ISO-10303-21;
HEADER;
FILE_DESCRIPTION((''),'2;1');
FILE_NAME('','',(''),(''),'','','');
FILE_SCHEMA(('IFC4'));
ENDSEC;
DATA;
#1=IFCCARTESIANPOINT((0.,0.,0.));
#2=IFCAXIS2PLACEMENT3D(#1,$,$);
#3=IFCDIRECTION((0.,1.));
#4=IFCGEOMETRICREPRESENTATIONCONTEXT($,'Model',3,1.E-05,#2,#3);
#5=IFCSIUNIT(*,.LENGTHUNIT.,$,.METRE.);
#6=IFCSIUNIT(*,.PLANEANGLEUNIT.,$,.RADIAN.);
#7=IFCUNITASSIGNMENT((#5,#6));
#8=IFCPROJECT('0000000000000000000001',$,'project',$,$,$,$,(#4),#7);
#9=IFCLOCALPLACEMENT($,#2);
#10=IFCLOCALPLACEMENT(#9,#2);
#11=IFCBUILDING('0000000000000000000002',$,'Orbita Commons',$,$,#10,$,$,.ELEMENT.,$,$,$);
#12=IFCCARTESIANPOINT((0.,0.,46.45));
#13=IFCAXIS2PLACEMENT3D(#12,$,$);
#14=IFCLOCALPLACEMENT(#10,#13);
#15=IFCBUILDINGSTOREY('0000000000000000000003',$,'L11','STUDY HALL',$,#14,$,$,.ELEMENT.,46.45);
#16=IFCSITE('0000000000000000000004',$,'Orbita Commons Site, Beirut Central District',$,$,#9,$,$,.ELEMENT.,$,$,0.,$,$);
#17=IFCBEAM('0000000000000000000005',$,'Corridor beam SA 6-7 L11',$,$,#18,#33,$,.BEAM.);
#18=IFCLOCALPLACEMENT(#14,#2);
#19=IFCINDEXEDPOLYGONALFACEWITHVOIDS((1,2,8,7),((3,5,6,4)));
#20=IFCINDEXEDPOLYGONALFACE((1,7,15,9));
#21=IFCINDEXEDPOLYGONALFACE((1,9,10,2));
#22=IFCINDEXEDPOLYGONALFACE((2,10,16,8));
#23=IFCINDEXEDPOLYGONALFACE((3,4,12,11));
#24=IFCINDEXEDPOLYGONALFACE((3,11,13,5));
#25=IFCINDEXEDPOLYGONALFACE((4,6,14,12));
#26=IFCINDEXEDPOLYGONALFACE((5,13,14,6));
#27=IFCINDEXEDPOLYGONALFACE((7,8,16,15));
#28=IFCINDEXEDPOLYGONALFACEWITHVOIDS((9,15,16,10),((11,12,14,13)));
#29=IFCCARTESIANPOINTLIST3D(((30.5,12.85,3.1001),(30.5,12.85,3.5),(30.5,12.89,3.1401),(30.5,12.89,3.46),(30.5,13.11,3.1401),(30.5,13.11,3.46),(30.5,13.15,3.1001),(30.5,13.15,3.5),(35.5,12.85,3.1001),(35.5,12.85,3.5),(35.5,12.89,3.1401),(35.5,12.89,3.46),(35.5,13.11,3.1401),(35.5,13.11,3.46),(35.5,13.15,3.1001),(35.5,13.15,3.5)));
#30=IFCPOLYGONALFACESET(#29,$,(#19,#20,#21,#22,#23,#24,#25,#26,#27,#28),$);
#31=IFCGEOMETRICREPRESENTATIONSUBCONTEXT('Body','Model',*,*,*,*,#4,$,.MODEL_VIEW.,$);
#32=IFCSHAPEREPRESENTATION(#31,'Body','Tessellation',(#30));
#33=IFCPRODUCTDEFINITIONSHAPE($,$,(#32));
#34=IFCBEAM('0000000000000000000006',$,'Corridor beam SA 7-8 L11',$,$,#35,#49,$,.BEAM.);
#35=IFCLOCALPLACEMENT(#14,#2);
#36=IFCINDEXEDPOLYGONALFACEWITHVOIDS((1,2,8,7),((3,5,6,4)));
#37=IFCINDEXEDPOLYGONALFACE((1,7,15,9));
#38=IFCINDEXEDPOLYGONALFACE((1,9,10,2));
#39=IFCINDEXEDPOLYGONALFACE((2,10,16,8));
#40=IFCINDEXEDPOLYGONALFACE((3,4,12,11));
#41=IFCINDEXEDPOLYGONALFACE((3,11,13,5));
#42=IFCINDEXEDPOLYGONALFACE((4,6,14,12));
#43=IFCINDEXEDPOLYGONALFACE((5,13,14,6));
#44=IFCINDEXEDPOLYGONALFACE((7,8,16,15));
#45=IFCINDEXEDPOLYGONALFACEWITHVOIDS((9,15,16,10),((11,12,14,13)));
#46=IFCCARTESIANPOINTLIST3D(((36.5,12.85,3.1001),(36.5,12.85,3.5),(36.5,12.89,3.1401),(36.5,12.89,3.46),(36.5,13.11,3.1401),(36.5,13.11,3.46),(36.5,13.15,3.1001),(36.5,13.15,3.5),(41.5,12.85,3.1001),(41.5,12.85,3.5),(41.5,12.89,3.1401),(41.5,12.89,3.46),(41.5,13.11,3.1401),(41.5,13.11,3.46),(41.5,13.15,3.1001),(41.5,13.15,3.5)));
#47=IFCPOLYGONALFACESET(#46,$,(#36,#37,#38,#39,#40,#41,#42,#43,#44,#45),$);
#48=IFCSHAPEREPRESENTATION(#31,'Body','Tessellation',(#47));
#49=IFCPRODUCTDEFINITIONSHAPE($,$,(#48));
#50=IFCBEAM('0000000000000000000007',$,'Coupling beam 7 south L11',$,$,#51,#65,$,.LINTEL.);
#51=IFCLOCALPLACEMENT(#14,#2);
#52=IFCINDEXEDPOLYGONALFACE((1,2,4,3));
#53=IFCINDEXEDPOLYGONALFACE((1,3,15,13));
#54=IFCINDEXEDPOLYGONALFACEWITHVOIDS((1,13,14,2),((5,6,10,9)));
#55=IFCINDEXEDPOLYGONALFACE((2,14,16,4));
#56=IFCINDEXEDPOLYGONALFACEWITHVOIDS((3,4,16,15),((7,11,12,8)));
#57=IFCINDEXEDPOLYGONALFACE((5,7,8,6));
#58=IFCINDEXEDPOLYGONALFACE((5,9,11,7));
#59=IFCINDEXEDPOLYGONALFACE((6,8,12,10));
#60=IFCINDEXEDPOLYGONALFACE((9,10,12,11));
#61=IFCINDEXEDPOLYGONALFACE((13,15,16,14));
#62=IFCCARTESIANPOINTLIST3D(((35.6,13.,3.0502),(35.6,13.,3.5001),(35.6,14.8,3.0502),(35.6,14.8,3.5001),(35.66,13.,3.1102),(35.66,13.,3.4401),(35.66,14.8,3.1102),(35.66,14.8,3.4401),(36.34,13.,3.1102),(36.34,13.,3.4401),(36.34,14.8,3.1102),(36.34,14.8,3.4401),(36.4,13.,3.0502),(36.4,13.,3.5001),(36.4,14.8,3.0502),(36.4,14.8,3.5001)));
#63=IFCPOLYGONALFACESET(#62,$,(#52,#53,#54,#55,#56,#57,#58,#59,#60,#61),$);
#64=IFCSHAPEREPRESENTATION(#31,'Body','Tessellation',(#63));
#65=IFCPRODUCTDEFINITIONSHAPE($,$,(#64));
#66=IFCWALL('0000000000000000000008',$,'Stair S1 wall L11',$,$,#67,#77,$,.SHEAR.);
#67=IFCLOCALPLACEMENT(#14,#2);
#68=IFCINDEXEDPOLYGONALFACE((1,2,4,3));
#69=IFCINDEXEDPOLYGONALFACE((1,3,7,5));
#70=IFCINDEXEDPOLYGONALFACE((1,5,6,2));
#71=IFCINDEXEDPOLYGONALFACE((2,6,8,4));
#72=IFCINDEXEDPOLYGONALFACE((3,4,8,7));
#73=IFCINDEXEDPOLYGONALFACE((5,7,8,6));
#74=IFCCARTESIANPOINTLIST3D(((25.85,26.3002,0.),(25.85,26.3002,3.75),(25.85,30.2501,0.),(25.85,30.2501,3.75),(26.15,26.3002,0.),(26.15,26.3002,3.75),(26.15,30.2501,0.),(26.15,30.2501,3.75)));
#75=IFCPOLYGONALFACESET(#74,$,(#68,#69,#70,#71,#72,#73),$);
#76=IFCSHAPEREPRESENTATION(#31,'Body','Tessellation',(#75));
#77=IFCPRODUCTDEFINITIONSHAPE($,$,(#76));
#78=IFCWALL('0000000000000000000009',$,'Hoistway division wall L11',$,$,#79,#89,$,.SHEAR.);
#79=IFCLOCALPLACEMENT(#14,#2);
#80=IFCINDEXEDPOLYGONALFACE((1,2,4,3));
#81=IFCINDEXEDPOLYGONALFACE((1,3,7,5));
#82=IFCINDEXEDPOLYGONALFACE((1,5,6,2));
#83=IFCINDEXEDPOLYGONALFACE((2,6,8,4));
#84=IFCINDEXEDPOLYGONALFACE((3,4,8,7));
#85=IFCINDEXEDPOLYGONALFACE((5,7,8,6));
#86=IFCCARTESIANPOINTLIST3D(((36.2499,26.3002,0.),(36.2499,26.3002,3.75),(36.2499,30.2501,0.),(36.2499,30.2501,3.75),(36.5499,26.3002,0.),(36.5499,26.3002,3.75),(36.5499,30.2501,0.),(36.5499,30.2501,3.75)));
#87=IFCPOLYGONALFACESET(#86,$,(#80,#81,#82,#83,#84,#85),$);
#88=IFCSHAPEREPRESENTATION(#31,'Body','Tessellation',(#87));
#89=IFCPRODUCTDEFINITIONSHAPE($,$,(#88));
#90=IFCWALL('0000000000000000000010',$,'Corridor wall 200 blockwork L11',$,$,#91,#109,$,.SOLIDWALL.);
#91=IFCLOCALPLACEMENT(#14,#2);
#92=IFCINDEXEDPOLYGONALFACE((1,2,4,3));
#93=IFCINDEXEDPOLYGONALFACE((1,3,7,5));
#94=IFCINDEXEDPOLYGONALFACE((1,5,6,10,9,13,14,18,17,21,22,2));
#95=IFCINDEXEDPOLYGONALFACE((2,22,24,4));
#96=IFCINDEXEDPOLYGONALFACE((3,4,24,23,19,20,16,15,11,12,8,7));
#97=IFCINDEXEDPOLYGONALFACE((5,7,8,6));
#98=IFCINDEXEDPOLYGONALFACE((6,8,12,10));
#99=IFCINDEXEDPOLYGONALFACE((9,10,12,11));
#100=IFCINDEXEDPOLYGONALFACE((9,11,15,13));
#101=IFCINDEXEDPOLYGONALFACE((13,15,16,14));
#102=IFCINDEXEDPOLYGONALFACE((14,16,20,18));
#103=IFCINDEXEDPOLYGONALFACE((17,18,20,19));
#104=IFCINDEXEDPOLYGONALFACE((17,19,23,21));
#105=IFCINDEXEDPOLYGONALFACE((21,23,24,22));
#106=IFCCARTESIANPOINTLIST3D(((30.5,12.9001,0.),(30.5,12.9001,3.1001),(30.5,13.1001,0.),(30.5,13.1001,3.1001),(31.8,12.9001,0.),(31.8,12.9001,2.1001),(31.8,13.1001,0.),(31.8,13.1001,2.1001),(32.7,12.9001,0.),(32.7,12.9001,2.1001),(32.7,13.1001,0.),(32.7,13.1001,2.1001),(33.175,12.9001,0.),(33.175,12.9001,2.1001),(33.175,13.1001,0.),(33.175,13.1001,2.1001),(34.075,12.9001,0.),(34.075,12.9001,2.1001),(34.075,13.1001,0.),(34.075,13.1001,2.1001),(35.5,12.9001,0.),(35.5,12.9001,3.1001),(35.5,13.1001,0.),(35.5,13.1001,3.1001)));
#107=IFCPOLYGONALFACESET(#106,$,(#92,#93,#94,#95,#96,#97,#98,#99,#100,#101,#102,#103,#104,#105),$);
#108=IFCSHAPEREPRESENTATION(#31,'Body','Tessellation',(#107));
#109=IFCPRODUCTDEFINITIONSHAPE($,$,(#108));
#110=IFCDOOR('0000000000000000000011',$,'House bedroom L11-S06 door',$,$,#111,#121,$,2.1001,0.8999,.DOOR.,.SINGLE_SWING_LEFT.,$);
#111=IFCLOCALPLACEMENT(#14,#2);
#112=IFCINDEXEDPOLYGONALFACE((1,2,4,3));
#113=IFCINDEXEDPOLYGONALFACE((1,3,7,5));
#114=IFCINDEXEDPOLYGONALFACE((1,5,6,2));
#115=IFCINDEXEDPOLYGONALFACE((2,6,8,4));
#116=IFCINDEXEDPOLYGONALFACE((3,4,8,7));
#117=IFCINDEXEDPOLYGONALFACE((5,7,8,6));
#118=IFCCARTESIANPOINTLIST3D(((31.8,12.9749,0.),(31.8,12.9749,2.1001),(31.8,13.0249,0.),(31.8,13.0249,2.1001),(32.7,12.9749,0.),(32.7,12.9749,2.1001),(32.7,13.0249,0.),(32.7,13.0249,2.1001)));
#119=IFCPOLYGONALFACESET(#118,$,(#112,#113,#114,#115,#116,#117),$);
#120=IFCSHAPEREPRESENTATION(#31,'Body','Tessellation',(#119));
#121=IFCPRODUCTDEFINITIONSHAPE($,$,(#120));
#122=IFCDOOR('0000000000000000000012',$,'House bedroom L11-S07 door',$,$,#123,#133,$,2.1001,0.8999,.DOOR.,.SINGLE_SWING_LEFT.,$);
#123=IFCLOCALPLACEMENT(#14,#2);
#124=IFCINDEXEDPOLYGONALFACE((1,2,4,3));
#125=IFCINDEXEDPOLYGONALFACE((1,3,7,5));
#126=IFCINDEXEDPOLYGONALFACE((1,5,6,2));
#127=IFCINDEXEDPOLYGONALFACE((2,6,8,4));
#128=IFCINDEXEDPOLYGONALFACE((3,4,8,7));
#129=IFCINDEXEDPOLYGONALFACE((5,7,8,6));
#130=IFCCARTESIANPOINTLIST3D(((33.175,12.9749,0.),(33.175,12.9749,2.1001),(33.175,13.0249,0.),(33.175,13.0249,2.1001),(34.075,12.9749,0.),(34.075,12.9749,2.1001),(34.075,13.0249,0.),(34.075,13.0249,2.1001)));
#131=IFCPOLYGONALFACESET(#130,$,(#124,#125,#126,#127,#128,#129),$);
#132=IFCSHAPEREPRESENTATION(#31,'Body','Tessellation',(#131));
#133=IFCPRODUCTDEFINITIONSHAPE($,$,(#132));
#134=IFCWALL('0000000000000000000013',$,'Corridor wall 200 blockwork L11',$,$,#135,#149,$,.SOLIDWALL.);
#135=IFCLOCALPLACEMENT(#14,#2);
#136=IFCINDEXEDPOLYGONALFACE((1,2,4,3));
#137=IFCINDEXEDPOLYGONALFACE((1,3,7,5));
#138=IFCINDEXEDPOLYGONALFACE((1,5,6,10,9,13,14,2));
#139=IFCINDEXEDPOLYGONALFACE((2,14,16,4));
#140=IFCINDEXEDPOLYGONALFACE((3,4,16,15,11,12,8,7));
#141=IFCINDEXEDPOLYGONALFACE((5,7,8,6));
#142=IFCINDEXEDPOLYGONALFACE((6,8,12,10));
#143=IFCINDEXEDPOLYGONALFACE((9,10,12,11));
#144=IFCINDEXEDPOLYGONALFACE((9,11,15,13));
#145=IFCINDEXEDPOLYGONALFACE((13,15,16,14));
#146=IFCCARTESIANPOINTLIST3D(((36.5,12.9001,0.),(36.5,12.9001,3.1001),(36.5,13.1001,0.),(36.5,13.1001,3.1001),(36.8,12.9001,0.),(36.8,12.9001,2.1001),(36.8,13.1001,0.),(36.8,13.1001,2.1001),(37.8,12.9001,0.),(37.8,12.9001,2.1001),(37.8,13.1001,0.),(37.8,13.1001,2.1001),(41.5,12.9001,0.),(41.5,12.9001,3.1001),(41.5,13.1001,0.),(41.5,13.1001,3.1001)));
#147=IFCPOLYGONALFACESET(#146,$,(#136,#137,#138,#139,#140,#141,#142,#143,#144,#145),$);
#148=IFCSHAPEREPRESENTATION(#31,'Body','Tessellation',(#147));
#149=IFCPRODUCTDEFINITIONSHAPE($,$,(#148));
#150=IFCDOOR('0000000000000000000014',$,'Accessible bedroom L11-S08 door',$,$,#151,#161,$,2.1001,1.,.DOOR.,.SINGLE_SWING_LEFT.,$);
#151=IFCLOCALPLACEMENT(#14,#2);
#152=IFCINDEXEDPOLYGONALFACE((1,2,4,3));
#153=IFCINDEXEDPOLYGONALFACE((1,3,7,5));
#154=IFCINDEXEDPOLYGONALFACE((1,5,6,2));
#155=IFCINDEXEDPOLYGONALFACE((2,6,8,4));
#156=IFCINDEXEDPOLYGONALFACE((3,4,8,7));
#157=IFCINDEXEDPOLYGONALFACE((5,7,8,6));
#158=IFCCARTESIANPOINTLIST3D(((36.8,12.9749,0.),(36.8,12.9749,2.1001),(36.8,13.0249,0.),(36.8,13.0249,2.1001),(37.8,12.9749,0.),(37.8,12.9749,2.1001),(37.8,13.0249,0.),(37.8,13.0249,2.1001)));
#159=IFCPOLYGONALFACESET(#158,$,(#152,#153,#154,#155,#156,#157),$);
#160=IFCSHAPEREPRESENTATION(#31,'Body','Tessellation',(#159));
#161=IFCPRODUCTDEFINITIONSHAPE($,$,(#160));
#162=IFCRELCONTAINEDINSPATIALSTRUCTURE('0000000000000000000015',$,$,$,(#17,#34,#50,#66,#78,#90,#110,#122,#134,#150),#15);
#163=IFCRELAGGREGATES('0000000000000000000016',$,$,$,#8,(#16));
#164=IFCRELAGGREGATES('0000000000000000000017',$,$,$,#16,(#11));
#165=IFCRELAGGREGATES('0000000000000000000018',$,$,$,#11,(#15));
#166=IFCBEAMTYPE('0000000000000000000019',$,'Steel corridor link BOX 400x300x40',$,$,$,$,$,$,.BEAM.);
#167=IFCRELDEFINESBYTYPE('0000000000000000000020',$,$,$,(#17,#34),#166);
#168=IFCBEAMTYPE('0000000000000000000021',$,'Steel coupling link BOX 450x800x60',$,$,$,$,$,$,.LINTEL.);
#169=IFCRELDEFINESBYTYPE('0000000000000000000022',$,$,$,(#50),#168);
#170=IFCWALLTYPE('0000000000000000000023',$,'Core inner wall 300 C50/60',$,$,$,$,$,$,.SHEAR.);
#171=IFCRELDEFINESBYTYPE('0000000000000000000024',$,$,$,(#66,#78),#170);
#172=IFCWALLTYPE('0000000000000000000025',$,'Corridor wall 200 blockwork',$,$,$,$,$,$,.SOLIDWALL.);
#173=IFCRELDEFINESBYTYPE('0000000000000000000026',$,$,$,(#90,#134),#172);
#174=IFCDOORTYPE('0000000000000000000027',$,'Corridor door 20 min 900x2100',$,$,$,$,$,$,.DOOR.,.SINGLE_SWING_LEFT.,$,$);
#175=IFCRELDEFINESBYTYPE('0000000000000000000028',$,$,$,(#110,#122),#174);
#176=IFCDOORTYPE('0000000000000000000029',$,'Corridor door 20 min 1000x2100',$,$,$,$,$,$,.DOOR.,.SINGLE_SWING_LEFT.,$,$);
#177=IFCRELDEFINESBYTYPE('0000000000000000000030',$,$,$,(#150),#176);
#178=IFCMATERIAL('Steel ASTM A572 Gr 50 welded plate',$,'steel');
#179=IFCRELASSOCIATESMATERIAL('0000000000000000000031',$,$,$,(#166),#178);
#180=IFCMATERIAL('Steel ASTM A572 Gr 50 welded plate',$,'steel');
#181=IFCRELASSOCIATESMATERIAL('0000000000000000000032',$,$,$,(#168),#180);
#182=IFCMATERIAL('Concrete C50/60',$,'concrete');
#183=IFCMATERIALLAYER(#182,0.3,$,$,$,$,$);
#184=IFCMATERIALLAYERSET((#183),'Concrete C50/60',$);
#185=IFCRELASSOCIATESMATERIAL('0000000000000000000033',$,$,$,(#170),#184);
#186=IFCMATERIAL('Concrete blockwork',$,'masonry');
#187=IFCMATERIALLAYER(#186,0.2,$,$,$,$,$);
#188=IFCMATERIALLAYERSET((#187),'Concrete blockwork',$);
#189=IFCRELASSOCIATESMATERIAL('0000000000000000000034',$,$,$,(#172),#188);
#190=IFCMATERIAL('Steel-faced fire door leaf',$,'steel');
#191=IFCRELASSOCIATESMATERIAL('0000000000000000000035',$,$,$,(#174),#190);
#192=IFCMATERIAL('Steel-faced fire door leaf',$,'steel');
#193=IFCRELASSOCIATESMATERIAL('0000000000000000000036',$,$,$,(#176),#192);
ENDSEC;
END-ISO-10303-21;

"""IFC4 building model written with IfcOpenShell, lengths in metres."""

from ifc_helpers import new_model, si_unit, direction, frame, frame_2d, origin, origin_2d, place, context, subcontext, project, spatial, polyline, rectangle, hollow_rectangle, outline, extrude, material, layer, layer_set, material_profile, profile_set, type_object, element, fill, save


model = new_model("IFC4")

# Units and contexts
model_context = context("Model", 3, precision=1e-05, world=origin(), true_north=direction((0.0, 1.0)))
body_context = subcontext(model_context, "Body", "Model", "MODEL_VIEW")
ifc_project = project(units=[si_unit("LENGTHUNIT", "METRE"), si_unit("PLANEANGLEUNIT", "RADIAN")], contexts=[model_context])

# Site, building, storey
site_placement = place(None, origin())
site = spatial("IfcSite", under=ifc_project, at=site_placement, Name="Orbita Commons Site, Beirut Central District", CompositionType="ELEMENT", RefElevation=0.0)
building_placement = place(site_placement, origin())
building = spatial("IfcBuilding", under=site, at=building_placement, Name="Orbita Commons", CompositionType="ELEMENT")
storey_placement = place(building_placement, frame((0.0, 0.0, 46.45)))
storey = spatial("IfcBuildingStorey", under=building, at=storey_placement, Name="L11", Description="STUDY HALL", CompositionType="ELEMENT", Elevation=46.45)

# Beams
ifc_material_1 = material(Name="Steel ASTM A572 Gr 50 welded plate", Category="steel")
ifc_material_profile_1 = material_profile(ifc_material_1, hollow_rectangle(XDim=0.3, YDim=0.3999, WallThickness=0.04, at=origin_2d()), Name="BOX 400x300x40")
ifc_profile_set_1 = profile_set([ifc_material_profile_1], Name="Steel ASTM A572 Gr 50 welded plate")
beam_type_1 = type_object("IfcBeamType", Name="Steel corridor link BOX 400x300x40", PredefinedType="BEAM", material=ifc_profile_set_1)
for number, where, z_axis, x_axis, name in (
    (1, (30.5, 13.0, 3.3), (1.0, 0.0, 0.0), (0.0, 1.0, 0.0), "Corridor beam SA 6-7 L11"),
    (2, (36.5, 13.0, 3.3), (1.0, 0.0, 0.0), (0.0, 1.0, 0.0), "Corridor beam SA 7-8 L11"),
):
    element("IfcBeam", number, at=place(storey_placement, frame(where, z_axis=z_axis, x_axis=x_axis)), inside=storey, type_object=beam_type_1, Name=name, PredefinedType="BEAM", context=body_context, shape_type="SweptSolid", body=[
        extrude(hollow_rectangle(XDim=0.3, YDim=0.3999, WallThickness=0.04, at=origin_2d()), origin(), (0.0, 0.0, 1.0), 5.0),
    ])
ifc_material_2 = material(Name="Steel ASTM A572 Gr 50 welded plate", Category="steel")
ifc_material_profile_2 = material_profile(ifc_material_2, hollow_rectangle(XDim=0.8, YDim=0.45, WallThickness=0.0601, at=origin_2d()), Name="BOX 450x800x60")
ifc_profile_set_2 = profile_set([ifc_material_profile_2], Name="Steel ASTM A572 Gr 50 welded plate")
beam_type_2 = type_object("IfcBeamType", Name="Steel coupling link BOX 450x800x60", PredefinedType="LINTEL", material=ifc_profile_set_2)
beam_placement = place(storey_placement, frame((36.0, 13.0, 3.2751), z_axis=(0.0, 1.0, 0.0), x_axis=(-1.0, 0.0, 0.0)))
element("IfcBeam", 3, at=beam_placement, inside=storey, type_object=beam_type_2, Name="Coupling beam 7 south L11", PredefinedType="LINTEL", context=body_context, shape_type="SweptSolid", body=[
    extrude(hollow_rectangle(XDim=0.8, YDim=0.45, WallThickness=0.0601, at=origin_2d()), origin(), (0.0, 0.0, 1.0), 1.8),
])

# Walls
ifc_material_3 = material(Name="Concrete C50/60", Category="concrete")
ifc_layer_1 = layer(ifc_material_3, 0.3)
ifc_layer_set_1 = layer_set([ifc_layer_1], Name="Concrete C50/60")
wall_type_1 = type_object("IfcWallType", Name="Core inner wall 300 C50/60", PredefinedType="SHEAR", material=ifc_layer_set_1)
for number, where, z_axis, x_axis, name in (
    (4, (26.0, 26.3, 0.0), (0.0, 0.0, 1.0), (0.0, 1.0, 0.0), "Stair S1 wall L11"),
    (5, (36.3999, 26.3, 0.0), (0.0, 0.0, 1.0), (0.0, 1.0, 0.0), "Hoistway division wall L11"),
):
    element("IfcWall", number, at=place(storey_placement, frame(where, z_axis=z_axis, x_axis=x_axis)), inside=storey, type_object=wall_type_1, Name=name, PredefinedType="SHEAR", context=body_context, shape_type="SweptSolid", body=[
        extrude(rectangle(XDim=3.95, YDim=0.3, at=frame_2d((1.9751, 0.0))), origin(), (0.0, 0.0, 1.0), 3.75),
    ])

# Wall, openings, doors
ifc_material_4 = material(Name="Concrete blockwork", Category="masonry")
ifc_layer_2 = layer(ifc_material_4, 0.2)
ifc_layer_set_2 = layer_set([ifc_layer_2], Name="Concrete blockwork")
wall_type_2 = type_object("IfcWallType", Name="Corridor wall 200 blockwork", PredefinedType="SOLIDWALL", material=ifc_layer_set_2)
wall_1_placement = place(storey_placement, frame((30.5, 13.0, 0.0), z_axis=(0.0, 0.0, 1.0), x_axis=(1.0, 0.0, 0.0)))
wall_1 = element("IfcWall", 6, at=wall_1_placement, inside=storey, type_object=wall_type_2, Name="Corridor wall 200 blockwork L11", PredefinedType="SOLIDWALL", context=body_context, shape_type="SweptSolid", body=[
    extrude(outline(polyline([(0.0, 0.0), (5.0, 0.0), (5.0, 3.1001), (0.0, 3.1001), (0.0, 0.0)])), frame((0.0, 0.1001, 0.0), z_axis=(0.0, -1.0, 0.0), x_axis=(1.0, 0.0, 0.0)), (0.0, 0.0, 1.0), 0.2),
])
opening_1_placement = place(wall_1_placement, frame((1.3, 0.0, 0.0)))
opening_1 = element("IfcOpeningElement", 7, at=opening_1_placement, cuts=wall_1, PredefinedType="OPENING", context=body_context, shape_type="SweptSolid", body=[
    extrude(rectangle(XDim=0.8999, YDim=2.1001, at=frame_2d((0.45, 1.05))), frame((0.0, 0.1099, 0.0), z_axis=(0.0, -1.0, 0.0), x_axis=(1.0, 0.0, 0.0)), (0.0, 0.0, 1.0), 0.22),
])
opening_2_placement = place(wall_1_placement, frame((2.675, 0.0, 0.0)))
opening_2 = element("IfcOpeningElement", 8, at=opening_2_placement, cuts=wall_1, PredefinedType="OPENING", context=body_context, shape_type="SweptSolid", body=[
    extrude(rectangle(XDim=0.8999, YDim=2.1001, at=frame_2d((0.45, 1.05))), frame((0.0, 0.1099, 0.0), z_axis=(0.0, -1.0, 0.0), x_axis=(1.0, 0.0, 0.0)), (0.0, 0.0, 1.0), 0.22),
])
ifc_material_5 = material(Name="Steel-faced fire door leaf", Category="steel")
door_type_1 = type_object("IfcDoorType", Name="Corridor door 20 min 900x2100", OperationType="SINGLE_SWING_LEFT", PredefinedType="DOOR", material=ifc_material_5)
door_1_placement = place(opening_1_placement, origin())
door_1 = element("IfcDoor", 9, at=door_1_placement, inside=storey, type_object=door_type_1, Name="House bedroom L11-S06 door", OperationType="SINGLE_SWING_LEFT", OverallHeight=2.1001, OverallWidth=0.8999, PredefinedType="DOOR", context=body_context, shape_type="SweptSolid", body=[
    extrude(rectangle(XDim=0.8999, YDim=2.1001, at=frame_2d((0.45, 1.05))), frame((0.0, 0.0249, 0.0), z_axis=(0.0, -1.0, 0.0), x_axis=(1.0, 0.0, 0.0)), (0.0, 0.0, 1.0), 0.05),
])
fill(opening_1, door_1)
door_2_placement = place(opening_2_placement, origin())
door_2 = element("IfcDoor", 10, at=door_2_placement, inside=storey, type_object=door_type_1, Name="House bedroom L11-S07 door", OperationType="SINGLE_SWING_LEFT", OverallHeight=2.1001, OverallWidth=0.8999, PredefinedType="DOOR", context=body_context, shape_type="SweptSolid", body=[
    extrude(rectangle(XDim=0.8999, YDim=2.1001, at=frame_2d((0.45, 1.05))), frame((0.0, 0.0249, 0.0), z_axis=(0.0, -1.0, 0.0), x_axis=(1.0, 0.0, 0.0)), (0.0, 0.0, 1.0), 0.05),
])
fill(opening_2, door_2)

# Wall, opening, door
wall_2_placement = place(storey_placement, frame((36.5, 13.0, 0.0), z_axis=(0.0, 0.0, 1.0), x_axis=(1.0, 0.0, 0.0)))
wall_2 = element("IfcWall", 11, at=wall_2_placement, inside=storey, type_object=wall_type_2, Name="Corridor wall 200 blockwork L11", PredefinedType="SOLIDWALL", context=body_context, shape_type="SweptSolid", body=[
    extrude(outline(polyline([(0.0, 0.0), (5.0, 0.0), (5.0, 3.1001), (0.0, 3.1001), (0.0, 0.0)])), frame((0.0, 0.1001, 0.0), z_axis=(0.0, -1.0, 0.0), x_axis=(1.0, 0.0, 0.0)), (0.0, 0.0, 1.0), 0.2),
])
opening_3_placement = place(wall_2_placement, frame((0.3, 0.0, 0.0)))
opening_3 = element("IfcOpeningElement", 12, at=opening_3_placement, cuts=wall_2, PredefinedType="OPENING", context=body_context, shape_type="SweptSolid", body=[
    extrude(rectangle(XDim=1.0, YDim=2.1001, at=frame_2d((0.5, 1.05))), frame((0.0, 0.1099, 0.0), z_axis=(0.0, -1.0, 0.0), x_axis=(1.0, 0.0, 0.0)), (0.0, 0.0, 1.0), 0.22),
])
ifc_material_6 = material(Name="Steel-faced fire door leaf", Category="steel")
door_type_2 = type_object("IfcDoorType", Name="Corridor door 20 min 1000x2100", OperationType="SINGLE_SWING_LEFT", PredefinedType="DOOR", material=ifc_material_6)
door_3_placement = place(opening_3_placement, origin())
door_3 = element("IfcDoor", 13, at=door_3_placement, inside=storey, type_object=door_type_2, Name="Accessible bedroom L11-S08 door", OperationType="SINGLE_SWING_LEFT", OverallHeight=2.1001, OverallWidth=1.0, PredefinedType="DOOR", context=body_context, shape_type="SweptSolid", body=[
    extrude(rectangle(XDim=1.0, YDim=2.1001, at=frame_2d((0.5, 1.05))), frame((0.0, 0.0249, 0.0), z_axis=(0.0, -1.0, 0.0), x_axis=(1.0, 0.0, 0.0)), (0.0, 0.0, 1.0), 0.05),
])
fill(opening_3, door_3)

save(model, "model.ifc")
